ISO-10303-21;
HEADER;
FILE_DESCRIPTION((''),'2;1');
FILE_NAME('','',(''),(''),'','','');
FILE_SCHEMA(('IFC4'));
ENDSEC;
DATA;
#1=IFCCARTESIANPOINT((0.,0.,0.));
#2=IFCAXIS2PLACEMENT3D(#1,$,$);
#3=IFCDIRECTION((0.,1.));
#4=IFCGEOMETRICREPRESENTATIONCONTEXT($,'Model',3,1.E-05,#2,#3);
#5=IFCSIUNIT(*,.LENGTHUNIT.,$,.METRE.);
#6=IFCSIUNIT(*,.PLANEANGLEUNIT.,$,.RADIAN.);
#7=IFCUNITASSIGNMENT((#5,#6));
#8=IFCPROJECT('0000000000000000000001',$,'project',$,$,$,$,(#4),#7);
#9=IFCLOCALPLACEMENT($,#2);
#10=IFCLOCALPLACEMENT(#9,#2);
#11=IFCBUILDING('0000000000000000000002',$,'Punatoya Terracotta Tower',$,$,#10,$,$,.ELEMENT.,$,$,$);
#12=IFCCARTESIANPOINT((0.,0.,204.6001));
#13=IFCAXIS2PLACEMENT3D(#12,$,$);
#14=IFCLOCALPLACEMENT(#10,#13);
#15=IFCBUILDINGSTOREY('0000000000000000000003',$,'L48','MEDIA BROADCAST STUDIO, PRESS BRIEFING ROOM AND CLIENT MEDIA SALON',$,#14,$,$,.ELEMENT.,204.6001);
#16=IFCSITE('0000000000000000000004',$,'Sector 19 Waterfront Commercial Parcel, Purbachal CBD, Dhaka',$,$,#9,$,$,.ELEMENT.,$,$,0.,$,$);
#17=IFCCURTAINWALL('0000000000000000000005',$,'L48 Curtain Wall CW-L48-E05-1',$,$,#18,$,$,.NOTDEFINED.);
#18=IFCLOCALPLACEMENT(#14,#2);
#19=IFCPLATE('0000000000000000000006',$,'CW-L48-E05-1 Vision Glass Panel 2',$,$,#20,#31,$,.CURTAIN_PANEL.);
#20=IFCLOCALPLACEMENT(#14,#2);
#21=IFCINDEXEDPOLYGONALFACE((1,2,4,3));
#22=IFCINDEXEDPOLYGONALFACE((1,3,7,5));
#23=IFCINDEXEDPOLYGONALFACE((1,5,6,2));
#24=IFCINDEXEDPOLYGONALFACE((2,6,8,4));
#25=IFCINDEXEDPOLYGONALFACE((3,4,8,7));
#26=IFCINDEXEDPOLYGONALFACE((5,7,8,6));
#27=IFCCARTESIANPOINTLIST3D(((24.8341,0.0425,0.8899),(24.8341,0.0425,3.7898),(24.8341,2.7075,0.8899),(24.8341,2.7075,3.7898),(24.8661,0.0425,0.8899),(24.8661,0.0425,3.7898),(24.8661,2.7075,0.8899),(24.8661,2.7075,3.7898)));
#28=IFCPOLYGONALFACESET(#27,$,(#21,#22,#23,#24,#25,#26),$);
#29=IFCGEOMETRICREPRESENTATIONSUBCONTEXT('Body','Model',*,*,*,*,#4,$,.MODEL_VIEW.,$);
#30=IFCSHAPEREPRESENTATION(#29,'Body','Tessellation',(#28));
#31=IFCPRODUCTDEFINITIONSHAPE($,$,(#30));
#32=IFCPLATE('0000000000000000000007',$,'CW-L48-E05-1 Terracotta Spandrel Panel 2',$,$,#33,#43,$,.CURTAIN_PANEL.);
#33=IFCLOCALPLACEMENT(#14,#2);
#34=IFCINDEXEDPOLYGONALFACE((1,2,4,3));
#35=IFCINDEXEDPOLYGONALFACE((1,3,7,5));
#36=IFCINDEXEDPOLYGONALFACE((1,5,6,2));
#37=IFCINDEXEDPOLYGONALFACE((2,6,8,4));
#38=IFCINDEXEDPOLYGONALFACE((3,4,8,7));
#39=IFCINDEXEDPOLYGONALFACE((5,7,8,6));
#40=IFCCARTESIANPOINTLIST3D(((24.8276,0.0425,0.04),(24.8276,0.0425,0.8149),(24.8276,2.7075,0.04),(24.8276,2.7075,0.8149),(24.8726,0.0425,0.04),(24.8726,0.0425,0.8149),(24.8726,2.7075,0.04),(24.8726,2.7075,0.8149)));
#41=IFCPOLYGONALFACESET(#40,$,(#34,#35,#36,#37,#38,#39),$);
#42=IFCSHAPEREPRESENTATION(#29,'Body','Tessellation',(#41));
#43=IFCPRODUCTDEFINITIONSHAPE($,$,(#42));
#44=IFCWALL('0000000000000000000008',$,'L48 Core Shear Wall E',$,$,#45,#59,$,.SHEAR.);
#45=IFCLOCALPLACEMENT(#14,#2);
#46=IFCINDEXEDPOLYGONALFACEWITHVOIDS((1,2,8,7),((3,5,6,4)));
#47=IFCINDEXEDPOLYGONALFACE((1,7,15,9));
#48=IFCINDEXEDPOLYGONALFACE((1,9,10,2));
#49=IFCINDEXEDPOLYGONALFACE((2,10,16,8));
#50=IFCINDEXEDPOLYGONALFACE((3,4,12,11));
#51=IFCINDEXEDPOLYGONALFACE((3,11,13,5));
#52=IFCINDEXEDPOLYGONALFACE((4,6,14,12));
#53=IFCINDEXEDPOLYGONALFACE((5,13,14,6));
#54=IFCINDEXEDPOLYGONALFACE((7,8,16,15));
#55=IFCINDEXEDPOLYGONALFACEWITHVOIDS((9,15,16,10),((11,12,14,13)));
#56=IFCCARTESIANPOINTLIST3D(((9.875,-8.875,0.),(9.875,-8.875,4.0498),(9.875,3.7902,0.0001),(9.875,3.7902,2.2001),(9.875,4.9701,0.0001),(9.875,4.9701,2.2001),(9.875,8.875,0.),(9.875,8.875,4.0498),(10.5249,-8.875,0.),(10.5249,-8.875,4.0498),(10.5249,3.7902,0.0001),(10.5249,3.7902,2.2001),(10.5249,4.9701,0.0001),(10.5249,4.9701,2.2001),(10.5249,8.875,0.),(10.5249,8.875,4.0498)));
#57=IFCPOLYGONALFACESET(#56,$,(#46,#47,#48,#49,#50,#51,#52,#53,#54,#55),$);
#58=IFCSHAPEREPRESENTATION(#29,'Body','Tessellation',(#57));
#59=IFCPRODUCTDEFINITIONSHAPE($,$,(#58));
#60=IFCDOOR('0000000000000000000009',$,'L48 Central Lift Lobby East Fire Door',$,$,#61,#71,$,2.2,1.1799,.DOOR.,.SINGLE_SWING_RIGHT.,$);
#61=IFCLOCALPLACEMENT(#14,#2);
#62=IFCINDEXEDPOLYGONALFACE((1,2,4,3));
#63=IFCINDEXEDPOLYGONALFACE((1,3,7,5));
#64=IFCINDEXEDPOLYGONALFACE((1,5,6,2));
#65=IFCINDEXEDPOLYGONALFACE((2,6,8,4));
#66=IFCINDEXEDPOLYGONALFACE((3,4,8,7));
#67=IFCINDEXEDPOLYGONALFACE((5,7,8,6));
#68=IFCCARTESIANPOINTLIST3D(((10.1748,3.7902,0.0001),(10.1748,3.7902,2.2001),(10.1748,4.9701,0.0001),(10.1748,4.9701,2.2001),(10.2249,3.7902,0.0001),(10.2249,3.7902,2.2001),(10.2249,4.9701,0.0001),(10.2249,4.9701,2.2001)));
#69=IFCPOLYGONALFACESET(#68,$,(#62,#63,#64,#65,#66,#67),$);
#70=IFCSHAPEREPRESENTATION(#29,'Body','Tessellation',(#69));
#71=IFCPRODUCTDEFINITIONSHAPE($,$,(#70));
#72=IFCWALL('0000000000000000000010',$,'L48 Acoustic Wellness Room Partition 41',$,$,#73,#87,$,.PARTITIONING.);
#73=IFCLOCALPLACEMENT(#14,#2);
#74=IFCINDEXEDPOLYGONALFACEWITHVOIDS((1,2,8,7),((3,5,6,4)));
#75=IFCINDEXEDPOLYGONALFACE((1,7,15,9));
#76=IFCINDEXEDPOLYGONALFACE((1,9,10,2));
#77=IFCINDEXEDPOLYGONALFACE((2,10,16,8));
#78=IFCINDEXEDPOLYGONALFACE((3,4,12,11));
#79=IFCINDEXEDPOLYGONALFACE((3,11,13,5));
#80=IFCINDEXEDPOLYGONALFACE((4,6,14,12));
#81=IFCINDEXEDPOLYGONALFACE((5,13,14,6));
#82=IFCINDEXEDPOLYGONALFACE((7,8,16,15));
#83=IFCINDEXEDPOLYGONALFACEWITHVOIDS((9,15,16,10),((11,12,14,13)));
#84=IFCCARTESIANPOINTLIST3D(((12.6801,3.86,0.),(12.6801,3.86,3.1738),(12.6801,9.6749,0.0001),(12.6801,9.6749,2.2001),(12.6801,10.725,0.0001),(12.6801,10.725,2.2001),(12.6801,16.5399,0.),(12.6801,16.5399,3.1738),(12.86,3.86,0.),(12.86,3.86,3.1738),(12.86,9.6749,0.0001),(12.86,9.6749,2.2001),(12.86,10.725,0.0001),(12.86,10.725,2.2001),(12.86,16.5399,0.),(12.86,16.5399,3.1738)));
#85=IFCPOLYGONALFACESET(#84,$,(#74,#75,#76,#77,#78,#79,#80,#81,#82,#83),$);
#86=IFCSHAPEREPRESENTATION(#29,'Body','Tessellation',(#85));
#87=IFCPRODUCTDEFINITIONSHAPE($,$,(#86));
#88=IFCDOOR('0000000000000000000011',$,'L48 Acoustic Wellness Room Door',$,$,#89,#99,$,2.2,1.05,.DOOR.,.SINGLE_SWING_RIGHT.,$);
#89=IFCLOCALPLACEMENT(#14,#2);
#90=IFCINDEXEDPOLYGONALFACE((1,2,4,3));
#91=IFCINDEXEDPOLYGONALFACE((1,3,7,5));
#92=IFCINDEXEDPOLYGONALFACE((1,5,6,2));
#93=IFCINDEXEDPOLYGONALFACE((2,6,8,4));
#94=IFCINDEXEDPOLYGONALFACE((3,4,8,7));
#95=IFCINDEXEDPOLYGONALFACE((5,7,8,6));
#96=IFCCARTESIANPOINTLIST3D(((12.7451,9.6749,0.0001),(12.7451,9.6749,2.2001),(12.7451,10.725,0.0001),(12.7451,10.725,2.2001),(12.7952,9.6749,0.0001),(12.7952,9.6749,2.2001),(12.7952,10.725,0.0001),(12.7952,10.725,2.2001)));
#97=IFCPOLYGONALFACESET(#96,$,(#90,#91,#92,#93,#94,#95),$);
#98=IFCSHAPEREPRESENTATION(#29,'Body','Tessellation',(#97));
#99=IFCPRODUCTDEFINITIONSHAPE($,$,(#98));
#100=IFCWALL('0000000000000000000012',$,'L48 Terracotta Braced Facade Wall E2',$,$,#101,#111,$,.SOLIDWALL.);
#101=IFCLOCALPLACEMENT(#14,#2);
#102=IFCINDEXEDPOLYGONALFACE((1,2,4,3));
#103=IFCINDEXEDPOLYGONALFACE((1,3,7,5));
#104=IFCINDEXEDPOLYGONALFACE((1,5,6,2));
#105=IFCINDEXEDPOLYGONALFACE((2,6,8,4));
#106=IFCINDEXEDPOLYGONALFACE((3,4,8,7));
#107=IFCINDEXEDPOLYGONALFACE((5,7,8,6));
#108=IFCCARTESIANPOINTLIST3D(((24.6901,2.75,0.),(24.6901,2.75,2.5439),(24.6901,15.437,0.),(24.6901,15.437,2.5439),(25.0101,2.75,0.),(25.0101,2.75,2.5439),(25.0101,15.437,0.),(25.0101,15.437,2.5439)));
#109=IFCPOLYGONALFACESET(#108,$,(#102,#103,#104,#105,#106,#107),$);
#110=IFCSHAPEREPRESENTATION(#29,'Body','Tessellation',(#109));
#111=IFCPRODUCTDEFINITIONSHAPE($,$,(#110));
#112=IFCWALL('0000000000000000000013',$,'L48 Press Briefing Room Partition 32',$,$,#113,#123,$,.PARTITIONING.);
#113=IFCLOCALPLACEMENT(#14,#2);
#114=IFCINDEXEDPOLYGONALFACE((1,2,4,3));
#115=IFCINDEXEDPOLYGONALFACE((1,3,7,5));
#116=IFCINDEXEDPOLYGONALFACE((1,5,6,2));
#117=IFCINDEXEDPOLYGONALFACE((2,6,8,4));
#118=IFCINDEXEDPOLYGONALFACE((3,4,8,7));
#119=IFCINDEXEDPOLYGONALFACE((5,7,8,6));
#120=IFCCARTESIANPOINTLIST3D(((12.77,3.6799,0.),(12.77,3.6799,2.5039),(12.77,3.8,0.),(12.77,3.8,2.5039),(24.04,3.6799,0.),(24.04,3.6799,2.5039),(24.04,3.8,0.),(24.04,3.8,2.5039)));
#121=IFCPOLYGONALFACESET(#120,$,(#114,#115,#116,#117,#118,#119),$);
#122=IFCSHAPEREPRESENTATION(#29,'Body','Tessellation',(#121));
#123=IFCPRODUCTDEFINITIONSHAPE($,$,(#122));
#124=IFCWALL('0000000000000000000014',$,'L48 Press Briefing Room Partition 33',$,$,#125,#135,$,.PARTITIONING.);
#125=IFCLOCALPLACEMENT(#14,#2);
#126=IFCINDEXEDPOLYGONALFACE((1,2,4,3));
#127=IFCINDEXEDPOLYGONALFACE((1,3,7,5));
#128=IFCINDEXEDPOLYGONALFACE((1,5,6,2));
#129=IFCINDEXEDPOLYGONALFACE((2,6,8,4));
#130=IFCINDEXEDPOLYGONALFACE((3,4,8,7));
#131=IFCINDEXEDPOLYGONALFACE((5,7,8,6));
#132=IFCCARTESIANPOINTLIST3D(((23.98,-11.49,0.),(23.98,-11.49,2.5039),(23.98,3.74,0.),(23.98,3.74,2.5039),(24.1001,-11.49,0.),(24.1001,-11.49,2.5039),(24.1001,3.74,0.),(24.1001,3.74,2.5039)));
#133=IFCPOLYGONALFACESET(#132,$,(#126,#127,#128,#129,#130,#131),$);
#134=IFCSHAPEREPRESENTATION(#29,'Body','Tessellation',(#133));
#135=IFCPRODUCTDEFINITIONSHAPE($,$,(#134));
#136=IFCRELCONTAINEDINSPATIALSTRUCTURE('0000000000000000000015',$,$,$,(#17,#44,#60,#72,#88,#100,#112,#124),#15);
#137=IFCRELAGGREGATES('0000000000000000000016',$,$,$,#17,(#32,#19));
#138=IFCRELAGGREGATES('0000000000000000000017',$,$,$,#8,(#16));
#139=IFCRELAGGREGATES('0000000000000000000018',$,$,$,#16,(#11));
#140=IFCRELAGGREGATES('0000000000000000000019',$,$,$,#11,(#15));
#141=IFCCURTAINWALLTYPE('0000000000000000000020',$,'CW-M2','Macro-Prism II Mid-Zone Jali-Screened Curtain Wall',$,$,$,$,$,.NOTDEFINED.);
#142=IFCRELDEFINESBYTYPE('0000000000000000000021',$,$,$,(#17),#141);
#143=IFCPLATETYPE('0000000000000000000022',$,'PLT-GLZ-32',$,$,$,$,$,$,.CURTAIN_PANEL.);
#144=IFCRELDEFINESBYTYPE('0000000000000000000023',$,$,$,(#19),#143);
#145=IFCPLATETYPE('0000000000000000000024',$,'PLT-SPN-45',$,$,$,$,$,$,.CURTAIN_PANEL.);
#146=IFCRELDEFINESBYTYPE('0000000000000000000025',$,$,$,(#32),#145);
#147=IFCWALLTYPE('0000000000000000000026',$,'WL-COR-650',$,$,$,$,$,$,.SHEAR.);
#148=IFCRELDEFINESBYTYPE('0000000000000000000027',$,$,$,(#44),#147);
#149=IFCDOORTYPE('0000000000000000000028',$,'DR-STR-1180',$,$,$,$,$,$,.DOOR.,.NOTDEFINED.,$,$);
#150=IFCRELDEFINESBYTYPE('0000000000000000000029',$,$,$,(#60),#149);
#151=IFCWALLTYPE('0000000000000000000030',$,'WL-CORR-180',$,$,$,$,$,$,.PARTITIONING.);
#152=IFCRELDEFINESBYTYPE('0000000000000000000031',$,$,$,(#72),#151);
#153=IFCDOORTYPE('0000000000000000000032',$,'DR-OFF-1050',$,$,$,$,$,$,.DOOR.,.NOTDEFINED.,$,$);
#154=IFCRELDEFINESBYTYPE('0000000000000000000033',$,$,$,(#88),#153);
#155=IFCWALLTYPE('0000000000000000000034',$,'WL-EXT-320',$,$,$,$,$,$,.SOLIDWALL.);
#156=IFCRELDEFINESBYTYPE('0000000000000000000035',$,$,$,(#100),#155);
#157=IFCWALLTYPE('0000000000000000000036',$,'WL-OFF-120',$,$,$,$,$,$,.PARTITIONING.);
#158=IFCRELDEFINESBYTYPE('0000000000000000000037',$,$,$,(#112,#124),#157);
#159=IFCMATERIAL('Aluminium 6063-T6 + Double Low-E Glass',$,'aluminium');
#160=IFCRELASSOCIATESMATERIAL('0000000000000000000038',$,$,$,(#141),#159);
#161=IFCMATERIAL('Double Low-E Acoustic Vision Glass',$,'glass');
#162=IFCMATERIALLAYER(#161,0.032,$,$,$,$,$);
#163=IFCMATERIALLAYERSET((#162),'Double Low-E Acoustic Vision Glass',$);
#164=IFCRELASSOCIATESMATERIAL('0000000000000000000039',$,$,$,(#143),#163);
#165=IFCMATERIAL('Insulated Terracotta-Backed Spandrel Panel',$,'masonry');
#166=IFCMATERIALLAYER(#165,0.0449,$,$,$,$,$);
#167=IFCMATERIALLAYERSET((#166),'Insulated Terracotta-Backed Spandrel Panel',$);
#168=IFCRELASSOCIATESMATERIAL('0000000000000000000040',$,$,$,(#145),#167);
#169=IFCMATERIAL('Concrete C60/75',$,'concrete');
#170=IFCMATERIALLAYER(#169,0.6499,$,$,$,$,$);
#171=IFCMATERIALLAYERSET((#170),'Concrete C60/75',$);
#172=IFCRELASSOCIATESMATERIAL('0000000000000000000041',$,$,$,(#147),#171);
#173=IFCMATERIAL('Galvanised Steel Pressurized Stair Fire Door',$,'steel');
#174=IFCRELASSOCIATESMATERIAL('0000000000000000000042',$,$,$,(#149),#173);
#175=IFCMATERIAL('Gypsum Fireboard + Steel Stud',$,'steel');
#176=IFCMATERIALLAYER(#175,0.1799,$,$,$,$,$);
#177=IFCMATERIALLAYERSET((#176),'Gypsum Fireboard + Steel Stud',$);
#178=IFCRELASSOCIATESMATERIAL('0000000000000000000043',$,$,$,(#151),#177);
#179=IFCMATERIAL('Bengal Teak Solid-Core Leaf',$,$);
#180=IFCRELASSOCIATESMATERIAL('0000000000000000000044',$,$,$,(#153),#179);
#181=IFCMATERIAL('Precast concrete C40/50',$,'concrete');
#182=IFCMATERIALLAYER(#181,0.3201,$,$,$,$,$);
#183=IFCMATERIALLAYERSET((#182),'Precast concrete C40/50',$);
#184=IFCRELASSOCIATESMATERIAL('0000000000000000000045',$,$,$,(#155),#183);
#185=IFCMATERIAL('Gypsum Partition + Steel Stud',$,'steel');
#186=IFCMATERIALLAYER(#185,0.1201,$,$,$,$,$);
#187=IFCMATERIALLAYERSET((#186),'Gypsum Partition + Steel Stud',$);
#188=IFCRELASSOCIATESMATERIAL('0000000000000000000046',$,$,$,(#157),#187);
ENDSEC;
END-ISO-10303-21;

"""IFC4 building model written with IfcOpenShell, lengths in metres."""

from ifc_helpers import new_model, si_unit, direction, frame, frame_2d, origin, origin_2d, place, context, subcontext, project, spatial, rectangle, extrude, material, layer, layer_set, type_object, element, fill, aggregate, save


model = new_model("IFC4")

# Units and contexts
model_context = context("Model", 3, precision=1e-05, world=origin(), true_north=direction((0.0, 1.0)))
body_context = subcontext(model_context, "Body", "Model", "MODEL_VIEW")
ifc_project = project(units=[si_unit("LENGTHUNIT", "METRE"), si_unit("PLANEANGLEUNIT", "RADIAN")], contexts=[model_context])

# Site, building, storey
site_placement = place(None, origin())
site = spatial("IfcSite", under=ifc_project, at=site_placement, Name="Sector 19 Waterfront Commercial Parcel, Purbachal CBD, Dhaka", CompositionType="ELEMENT", RefElevation=0.0)
building_placement = place(site_placement, origin())
building = spatial("IfcBuilding", under=site, at=building_placement, Name="Punatoya Terracotta Tower", CompositionType="ELEMENT")
storey_placement = place(building_placement, frame((0.0, 0.0, 204.6001)))
storey = spatial("IfcBuildingStorey", under=building, at=storey_placement, Name="L48", Description="MEDIA BROADCAST STUDIO, PRESS BRIEFING ROOM AND CLIENT MEDIA SALON", CompositionType="ELEMENT", Elevation=204.6001)

# Curtain wall
ifc_material_1 = material(Name="Aluminium 6063-T6 + Double Low-E Glass", Category="aluminium")
curtain_wall_type = type_object("IfcCurtainWallType", Name="CW-M2", Description="Macro-Prism II Mid-Zone Jali-Screened Curtain Wall", PredefinedType="NOTDEFINED", material=ifc_material_1)
curtain_wall_placement = place(storey_placement, origin())
curtain_wall = element("IfcCurtainWall", 1, at=curtain_wall_placement, inside=storey, type_object=curtain_wall_type, Name="L48 Curtain Wall CW-L48-E05-1", PredefinedType="NOTDEFINED")

# Plates
ifc_material_2 = material(Name="Double Low-E Acoustic Vision Glass", Category="glass")
ifc_layer_1 = layer(ifc_material_2, 0.032)
ifc_layer_set_1 = layer_set([ifc_layer_1], Name="Double Low-E Acoustic Vision Glass")
plate_type_1 = type_object("IfcPlateType", Name="PLT-GLZ-32", PredefinedType="CURTAIN_PANEL", material=ifc_layer_set_1)
plate_1_placement = place(storey_placement, frame((24.8501, 1.375, 0.8899), z_axis=(0.0, 0.0, 1.0), x_axis=(0.0, 1.0, 0.0)))
plate_1 = element("IfcPlate", 2, at=plate_1_placement, type_object=plate_type_1, Name="CW-L48-E05-1 Vision Glass Panel 2", PredefinedType="CURTAIN_PANEL", context=body_context, shape_type="SweptSolid", body=[
    extrude(rectangle(XDim=2.665, YDim=0.032, at=origin_2d()), origin(), (0.0, 0.0, 1.0), 2.8999),
])
ifc_material_3 = material(Name="Insulated Terracotta-Backed Spandrel Panel", Category="masonry")
ifc_layer_2 = layer(ifc_material_3, 0.0449)
ifc_layer_set_2 = layer_set([ifc_layer_2], Name="Insulated Terracotta-Backed Spandrel Panel")
plate_type_2 = type_object("IfcPlateType", Name="PLT-SPN-45", PredefinedType="CURTAIN_PANEL", material=ifc_layer_set_2)
plate_2_placement = place(storey_placement, frame((24.8501, 1.375, 0.04), z_axis=(0.0, 0.0, 1.0), x_axis=(0.0, 1.0, 0.0)))
plate_2 = element("IfcPlate", 3, at=plate_2_placement, type_object=plate_type_2, Name="CW-L48-E05-1 Terracotta Spandrel Panel 2", PredefinedType="CURTAIN_PANEL", context=body_context, shape_type="SweptSolid", body=[
    extrude(rectangle(XDim=2.665, YDim=0.0449, at=origin_2d()), origin(), (0.0, 0.0, 1.0), 0.7749),
])
aggregate(curtain_wall, [plate_2, plate_1])

# Walls, openings, doors
ifc_material_4 = material(Name="Concrete C60/75", Category="concrete")
ifc_layer_3 = layer(ifc_material_4, 0.6499)
ifc_layer_set_3 = layer_set([ifc_layer_3], Name="Concrete C60/75")
wall_type_1 = type_object("IfcWallType", Name="WL-COR-650", PredefinedType="SHEAR", material=ifc_layer_set_3)
wall_1_placement = place(storey_placement, frame((10.2, 8.875, 0.0), z_axis=(0.0, 0.0, 1.0), x_axis=(0.0, -1.0, 0.0)))
wall_1 = element("IfcWall", 4, at=wall_1_placement, inside=storey, type_object=wall_type_1, Name="L48 Core Shear Wall E", PredefinedType="SHEAR", context=body_context, shape_type="SweptSolid", body=[
    extrude(rectangle(XDim=17.75, YDim=0.6499, at=frame_2d((8.875, 0.0))), origin(), (0.0, 0.0, 1.0), 4.0498),
])
opening_1_placement = place(wall_1_placement, frame((3.905, 0.0, 0.0)))
opening_1 = element("IfcOpeningElement", 5, at=opening_1_placement, cuts=wall_1, PredefinedType="OPENING", context=body_context, shape_type="SweptSolid", body=[
    extrude(rectangle(XDim=1.1799, YDim=2.2, at=frame_2d((0.5898, 1.1001))), frame((0.0, 0.335, 0.0), z_axis=(0.0, -1.0, 0.0), x_axis=(1.0, 0.0, 0.0)), (0.0, 0.0, 1.0), 0.6699),
])
ifc_material_5 = material(Name="Galvanised Steel Pressurized Stair Fire Door", Category="steel")
door_type_1 = type_object("IfcDoorType", Name="DR-STR-1180", OperationType="NOTDEFINED", PredefinedType="DOOR", material=ifc_material_5)
door_1_placement = place(opening_1_placement, origin())
door_1 = element("IfcDoor", 6, at=door_1_placement, inside=storey, type_object=door_type_1, Name="L48 Central Lift Lobby East Fire Door", OperationType="SINGLE_SWING_RIGHT", OverallHeight=2.2, OverallWidth=1.1799, PredefinedType="DOOR", context=body_context, shape_type="SweptSolid", body=[
    extrude(rectangle(XDim=1.1799, YDim=2.2, at=frame_2d((0.5898, 1.1001))), frame((0.0, 0.0249, 0.0), z_axis=(0.0, -1.0, 0.0), x_axis=(1.0, 0.0, 0.0)), (0.0, 0.0, 1.0), 0.05),
])
fill(opening_1, door_1)
ifc_material_6 = material(Name="Gypsum Fireboard + Steel Stud", Category="steel")
ifc_layer_4 = layer(ifc_material_6, 0.1799)
ifc_layer_set_4 = layer_set([ifc_layer_4], Name="Gypsum Fireboard + Steel Stud")
wall_type_2 = type_object("IfcWallType", Name="WL-CORR-180", PredefinedType="PARTITIONING", material=ifc_layer_set_4)
wall_2_placement = place(storey_placement, frame((12.77, 3.8601, 0.0), z_axis=(0.0, 0.0, 1.0), x_axis=(0.0, 1.0, 0.0)))
wall_2 = element("IfcWall", 7, at=wall_2_placement, inside=storey, type_object=wall_type_2, Name="L48 Acoustic Wellness Room Partition 41", PredefinedType="PARTITIONING", context=body_context, shape_type="SweptSolid", body=[
    extrude(rectangle(XDim=12.6799, YDim=0.1799, at=frame_2d((6.3398, 0.0))), origin(), (0.0, 0.0, 1.0), 3.1738),
])
opening_2_placement = place(wall_2_placement, frame((5.8149, 0.0, 0.0)))
opening_2 = element("IfcOpeningElement", 8, at=opening_2_placement, cuts=wall_2, PredefinedType="OPENING", context=body_context, shape_type="SweptSolid", body=[
    extrude(rectangle(XDim=1.05, YDim=2.2, at=frame_2d((0.5249, 1.1001))), frame((0.0, 0.0999, 0.0), z_axis=(0.0, -1.0, 0.0), x_axis=(1.0, 0.0, 0.0)), (0.0, 0.0, 1.0), 0.2),
])
ifc_material_7 = material(Name="Bengal Teak Solid-Core Leaf")
door_type_2 = type_object("IfcDoorType", Name="DR-OFF-1050", OperationType="NOTDEFINED", PredefinedType="DOOR", material=ifc_material_7)
door_2_placement = place(opening_2_placement, origin())
door_2 = element("IfcDoor", 9, at=door_2_placement, inside=storey, type_object=door_type_2, Name="L48 Acoustic Wellness Room Door", OperationType="SINGLE_SWING_RIGHT", OverallHeight=2.2, OverallWidth=1.05, PredefinedType="DOOR", context=body_context, shape_type="SweptSolid", body=[
    extrude(rectangle(XDim=1.05, YDim=2.2, at=frame_2d((0.5249, 1.1001))), frame((0.0, 0.0249, 0.0), z_axis=(0.0, -1.0, 0.0), x_axis=(1.0, 0.0, 0.0)), (0.0, 0.0, 1.0), 0.05),
])
fill(opening_2, door_2)

# Walls
ifc_material_8 = material(Name="Precast concrete C40/50", Category="concrete")
ifc_layer_5 = layer(ifc_material_8, 0.3201)
ifc_layer_set_5 = layer_set([ifc_layer_5], Name="Precast concrete C40/50")
wall_type_3 = type_object("IfcWallType", Name="WL-EXT-320", PredefinedType="SOLIDWALL", material=ifc_layer_set_5)
wall_3_placement = place(storey_placement, frame((24.8501, 2.75, 0.0), z_axis=(0.0, 0.0, 1.0), x_axis=(0.0, 1.0, 0.0)))
element("IfcWall", 10, at=wall_3_placement, inside=storey, type_object=wall_type_3, Name="L48 Terracotta Braced Facade Wall E2", PredefinedType="SOLIDWALL", context=body_context, shape_type="SweptSolid", body=[
    extrude(rectangle(XDim=12.687, YDim=0.3201, at=frame_2d((6.3435, 0.0))), origin(), (0.0, 0.0, 1.0), 2.5439),
])
ifc_material_9 = material(Name="Gypsum Partition + Steel Stud", Category="steel")
ifc_layer_6 = layer(ifc_material_9, 0.1201)
ifc_layer_set_6 = layer_set([ifc_layer_6], Name="Gypsum Partition + Steel Stud")
wall_type_4 = type_object("IfcWallType", Name="WL-OFF-120", PredefinedType="PARTITIONING", material=ifc_layer_set_6)
wall_4_placement = place(storey_placement, frame((12.77, 3.74, 0.0), z_axis=(0.0, 0.0, 1.0), x_axis=(1.0, 0.0, 0.0)))
element("IfcWall", 11, at=wall_4_placement, inside=storey, type_object=wall_type_4, Name="L48 Press Briefing Room Partition 32", PredefinedType="PARTITIONING", context=body_context, shape_type="SweptSolid", body=[
    extrude(rectangle(XDim=11.27, YDim=0.1201, at=frame_2d((5.635, 0.0))), origin(), (0.0, 0.0, 1.0), 2.5039),
])
wall_5_placement = place(storey_placement, frame((24.04, 3.74, 0.0), z_axis=(0.0, 0.0, 1.0), x_axis=(0.0, -1.0, 0.0)))
element("IfcWall", 12, at=wall_5_placement, inside=storey, type_object=wall_type_4, Name="L48 Press Briefing Room Partition 33", PredefinedType="PARTITIONING", context=body_context, shape_type="SweptSolid", body=[
    extrude(rectangle(XDim=15.23, YDim=0.1201, at=frame_2d((7.615, 0.0))), origin(), (0.0, 0.0, 1.0), 2.5039),
])

save(model, "model.ifc")
